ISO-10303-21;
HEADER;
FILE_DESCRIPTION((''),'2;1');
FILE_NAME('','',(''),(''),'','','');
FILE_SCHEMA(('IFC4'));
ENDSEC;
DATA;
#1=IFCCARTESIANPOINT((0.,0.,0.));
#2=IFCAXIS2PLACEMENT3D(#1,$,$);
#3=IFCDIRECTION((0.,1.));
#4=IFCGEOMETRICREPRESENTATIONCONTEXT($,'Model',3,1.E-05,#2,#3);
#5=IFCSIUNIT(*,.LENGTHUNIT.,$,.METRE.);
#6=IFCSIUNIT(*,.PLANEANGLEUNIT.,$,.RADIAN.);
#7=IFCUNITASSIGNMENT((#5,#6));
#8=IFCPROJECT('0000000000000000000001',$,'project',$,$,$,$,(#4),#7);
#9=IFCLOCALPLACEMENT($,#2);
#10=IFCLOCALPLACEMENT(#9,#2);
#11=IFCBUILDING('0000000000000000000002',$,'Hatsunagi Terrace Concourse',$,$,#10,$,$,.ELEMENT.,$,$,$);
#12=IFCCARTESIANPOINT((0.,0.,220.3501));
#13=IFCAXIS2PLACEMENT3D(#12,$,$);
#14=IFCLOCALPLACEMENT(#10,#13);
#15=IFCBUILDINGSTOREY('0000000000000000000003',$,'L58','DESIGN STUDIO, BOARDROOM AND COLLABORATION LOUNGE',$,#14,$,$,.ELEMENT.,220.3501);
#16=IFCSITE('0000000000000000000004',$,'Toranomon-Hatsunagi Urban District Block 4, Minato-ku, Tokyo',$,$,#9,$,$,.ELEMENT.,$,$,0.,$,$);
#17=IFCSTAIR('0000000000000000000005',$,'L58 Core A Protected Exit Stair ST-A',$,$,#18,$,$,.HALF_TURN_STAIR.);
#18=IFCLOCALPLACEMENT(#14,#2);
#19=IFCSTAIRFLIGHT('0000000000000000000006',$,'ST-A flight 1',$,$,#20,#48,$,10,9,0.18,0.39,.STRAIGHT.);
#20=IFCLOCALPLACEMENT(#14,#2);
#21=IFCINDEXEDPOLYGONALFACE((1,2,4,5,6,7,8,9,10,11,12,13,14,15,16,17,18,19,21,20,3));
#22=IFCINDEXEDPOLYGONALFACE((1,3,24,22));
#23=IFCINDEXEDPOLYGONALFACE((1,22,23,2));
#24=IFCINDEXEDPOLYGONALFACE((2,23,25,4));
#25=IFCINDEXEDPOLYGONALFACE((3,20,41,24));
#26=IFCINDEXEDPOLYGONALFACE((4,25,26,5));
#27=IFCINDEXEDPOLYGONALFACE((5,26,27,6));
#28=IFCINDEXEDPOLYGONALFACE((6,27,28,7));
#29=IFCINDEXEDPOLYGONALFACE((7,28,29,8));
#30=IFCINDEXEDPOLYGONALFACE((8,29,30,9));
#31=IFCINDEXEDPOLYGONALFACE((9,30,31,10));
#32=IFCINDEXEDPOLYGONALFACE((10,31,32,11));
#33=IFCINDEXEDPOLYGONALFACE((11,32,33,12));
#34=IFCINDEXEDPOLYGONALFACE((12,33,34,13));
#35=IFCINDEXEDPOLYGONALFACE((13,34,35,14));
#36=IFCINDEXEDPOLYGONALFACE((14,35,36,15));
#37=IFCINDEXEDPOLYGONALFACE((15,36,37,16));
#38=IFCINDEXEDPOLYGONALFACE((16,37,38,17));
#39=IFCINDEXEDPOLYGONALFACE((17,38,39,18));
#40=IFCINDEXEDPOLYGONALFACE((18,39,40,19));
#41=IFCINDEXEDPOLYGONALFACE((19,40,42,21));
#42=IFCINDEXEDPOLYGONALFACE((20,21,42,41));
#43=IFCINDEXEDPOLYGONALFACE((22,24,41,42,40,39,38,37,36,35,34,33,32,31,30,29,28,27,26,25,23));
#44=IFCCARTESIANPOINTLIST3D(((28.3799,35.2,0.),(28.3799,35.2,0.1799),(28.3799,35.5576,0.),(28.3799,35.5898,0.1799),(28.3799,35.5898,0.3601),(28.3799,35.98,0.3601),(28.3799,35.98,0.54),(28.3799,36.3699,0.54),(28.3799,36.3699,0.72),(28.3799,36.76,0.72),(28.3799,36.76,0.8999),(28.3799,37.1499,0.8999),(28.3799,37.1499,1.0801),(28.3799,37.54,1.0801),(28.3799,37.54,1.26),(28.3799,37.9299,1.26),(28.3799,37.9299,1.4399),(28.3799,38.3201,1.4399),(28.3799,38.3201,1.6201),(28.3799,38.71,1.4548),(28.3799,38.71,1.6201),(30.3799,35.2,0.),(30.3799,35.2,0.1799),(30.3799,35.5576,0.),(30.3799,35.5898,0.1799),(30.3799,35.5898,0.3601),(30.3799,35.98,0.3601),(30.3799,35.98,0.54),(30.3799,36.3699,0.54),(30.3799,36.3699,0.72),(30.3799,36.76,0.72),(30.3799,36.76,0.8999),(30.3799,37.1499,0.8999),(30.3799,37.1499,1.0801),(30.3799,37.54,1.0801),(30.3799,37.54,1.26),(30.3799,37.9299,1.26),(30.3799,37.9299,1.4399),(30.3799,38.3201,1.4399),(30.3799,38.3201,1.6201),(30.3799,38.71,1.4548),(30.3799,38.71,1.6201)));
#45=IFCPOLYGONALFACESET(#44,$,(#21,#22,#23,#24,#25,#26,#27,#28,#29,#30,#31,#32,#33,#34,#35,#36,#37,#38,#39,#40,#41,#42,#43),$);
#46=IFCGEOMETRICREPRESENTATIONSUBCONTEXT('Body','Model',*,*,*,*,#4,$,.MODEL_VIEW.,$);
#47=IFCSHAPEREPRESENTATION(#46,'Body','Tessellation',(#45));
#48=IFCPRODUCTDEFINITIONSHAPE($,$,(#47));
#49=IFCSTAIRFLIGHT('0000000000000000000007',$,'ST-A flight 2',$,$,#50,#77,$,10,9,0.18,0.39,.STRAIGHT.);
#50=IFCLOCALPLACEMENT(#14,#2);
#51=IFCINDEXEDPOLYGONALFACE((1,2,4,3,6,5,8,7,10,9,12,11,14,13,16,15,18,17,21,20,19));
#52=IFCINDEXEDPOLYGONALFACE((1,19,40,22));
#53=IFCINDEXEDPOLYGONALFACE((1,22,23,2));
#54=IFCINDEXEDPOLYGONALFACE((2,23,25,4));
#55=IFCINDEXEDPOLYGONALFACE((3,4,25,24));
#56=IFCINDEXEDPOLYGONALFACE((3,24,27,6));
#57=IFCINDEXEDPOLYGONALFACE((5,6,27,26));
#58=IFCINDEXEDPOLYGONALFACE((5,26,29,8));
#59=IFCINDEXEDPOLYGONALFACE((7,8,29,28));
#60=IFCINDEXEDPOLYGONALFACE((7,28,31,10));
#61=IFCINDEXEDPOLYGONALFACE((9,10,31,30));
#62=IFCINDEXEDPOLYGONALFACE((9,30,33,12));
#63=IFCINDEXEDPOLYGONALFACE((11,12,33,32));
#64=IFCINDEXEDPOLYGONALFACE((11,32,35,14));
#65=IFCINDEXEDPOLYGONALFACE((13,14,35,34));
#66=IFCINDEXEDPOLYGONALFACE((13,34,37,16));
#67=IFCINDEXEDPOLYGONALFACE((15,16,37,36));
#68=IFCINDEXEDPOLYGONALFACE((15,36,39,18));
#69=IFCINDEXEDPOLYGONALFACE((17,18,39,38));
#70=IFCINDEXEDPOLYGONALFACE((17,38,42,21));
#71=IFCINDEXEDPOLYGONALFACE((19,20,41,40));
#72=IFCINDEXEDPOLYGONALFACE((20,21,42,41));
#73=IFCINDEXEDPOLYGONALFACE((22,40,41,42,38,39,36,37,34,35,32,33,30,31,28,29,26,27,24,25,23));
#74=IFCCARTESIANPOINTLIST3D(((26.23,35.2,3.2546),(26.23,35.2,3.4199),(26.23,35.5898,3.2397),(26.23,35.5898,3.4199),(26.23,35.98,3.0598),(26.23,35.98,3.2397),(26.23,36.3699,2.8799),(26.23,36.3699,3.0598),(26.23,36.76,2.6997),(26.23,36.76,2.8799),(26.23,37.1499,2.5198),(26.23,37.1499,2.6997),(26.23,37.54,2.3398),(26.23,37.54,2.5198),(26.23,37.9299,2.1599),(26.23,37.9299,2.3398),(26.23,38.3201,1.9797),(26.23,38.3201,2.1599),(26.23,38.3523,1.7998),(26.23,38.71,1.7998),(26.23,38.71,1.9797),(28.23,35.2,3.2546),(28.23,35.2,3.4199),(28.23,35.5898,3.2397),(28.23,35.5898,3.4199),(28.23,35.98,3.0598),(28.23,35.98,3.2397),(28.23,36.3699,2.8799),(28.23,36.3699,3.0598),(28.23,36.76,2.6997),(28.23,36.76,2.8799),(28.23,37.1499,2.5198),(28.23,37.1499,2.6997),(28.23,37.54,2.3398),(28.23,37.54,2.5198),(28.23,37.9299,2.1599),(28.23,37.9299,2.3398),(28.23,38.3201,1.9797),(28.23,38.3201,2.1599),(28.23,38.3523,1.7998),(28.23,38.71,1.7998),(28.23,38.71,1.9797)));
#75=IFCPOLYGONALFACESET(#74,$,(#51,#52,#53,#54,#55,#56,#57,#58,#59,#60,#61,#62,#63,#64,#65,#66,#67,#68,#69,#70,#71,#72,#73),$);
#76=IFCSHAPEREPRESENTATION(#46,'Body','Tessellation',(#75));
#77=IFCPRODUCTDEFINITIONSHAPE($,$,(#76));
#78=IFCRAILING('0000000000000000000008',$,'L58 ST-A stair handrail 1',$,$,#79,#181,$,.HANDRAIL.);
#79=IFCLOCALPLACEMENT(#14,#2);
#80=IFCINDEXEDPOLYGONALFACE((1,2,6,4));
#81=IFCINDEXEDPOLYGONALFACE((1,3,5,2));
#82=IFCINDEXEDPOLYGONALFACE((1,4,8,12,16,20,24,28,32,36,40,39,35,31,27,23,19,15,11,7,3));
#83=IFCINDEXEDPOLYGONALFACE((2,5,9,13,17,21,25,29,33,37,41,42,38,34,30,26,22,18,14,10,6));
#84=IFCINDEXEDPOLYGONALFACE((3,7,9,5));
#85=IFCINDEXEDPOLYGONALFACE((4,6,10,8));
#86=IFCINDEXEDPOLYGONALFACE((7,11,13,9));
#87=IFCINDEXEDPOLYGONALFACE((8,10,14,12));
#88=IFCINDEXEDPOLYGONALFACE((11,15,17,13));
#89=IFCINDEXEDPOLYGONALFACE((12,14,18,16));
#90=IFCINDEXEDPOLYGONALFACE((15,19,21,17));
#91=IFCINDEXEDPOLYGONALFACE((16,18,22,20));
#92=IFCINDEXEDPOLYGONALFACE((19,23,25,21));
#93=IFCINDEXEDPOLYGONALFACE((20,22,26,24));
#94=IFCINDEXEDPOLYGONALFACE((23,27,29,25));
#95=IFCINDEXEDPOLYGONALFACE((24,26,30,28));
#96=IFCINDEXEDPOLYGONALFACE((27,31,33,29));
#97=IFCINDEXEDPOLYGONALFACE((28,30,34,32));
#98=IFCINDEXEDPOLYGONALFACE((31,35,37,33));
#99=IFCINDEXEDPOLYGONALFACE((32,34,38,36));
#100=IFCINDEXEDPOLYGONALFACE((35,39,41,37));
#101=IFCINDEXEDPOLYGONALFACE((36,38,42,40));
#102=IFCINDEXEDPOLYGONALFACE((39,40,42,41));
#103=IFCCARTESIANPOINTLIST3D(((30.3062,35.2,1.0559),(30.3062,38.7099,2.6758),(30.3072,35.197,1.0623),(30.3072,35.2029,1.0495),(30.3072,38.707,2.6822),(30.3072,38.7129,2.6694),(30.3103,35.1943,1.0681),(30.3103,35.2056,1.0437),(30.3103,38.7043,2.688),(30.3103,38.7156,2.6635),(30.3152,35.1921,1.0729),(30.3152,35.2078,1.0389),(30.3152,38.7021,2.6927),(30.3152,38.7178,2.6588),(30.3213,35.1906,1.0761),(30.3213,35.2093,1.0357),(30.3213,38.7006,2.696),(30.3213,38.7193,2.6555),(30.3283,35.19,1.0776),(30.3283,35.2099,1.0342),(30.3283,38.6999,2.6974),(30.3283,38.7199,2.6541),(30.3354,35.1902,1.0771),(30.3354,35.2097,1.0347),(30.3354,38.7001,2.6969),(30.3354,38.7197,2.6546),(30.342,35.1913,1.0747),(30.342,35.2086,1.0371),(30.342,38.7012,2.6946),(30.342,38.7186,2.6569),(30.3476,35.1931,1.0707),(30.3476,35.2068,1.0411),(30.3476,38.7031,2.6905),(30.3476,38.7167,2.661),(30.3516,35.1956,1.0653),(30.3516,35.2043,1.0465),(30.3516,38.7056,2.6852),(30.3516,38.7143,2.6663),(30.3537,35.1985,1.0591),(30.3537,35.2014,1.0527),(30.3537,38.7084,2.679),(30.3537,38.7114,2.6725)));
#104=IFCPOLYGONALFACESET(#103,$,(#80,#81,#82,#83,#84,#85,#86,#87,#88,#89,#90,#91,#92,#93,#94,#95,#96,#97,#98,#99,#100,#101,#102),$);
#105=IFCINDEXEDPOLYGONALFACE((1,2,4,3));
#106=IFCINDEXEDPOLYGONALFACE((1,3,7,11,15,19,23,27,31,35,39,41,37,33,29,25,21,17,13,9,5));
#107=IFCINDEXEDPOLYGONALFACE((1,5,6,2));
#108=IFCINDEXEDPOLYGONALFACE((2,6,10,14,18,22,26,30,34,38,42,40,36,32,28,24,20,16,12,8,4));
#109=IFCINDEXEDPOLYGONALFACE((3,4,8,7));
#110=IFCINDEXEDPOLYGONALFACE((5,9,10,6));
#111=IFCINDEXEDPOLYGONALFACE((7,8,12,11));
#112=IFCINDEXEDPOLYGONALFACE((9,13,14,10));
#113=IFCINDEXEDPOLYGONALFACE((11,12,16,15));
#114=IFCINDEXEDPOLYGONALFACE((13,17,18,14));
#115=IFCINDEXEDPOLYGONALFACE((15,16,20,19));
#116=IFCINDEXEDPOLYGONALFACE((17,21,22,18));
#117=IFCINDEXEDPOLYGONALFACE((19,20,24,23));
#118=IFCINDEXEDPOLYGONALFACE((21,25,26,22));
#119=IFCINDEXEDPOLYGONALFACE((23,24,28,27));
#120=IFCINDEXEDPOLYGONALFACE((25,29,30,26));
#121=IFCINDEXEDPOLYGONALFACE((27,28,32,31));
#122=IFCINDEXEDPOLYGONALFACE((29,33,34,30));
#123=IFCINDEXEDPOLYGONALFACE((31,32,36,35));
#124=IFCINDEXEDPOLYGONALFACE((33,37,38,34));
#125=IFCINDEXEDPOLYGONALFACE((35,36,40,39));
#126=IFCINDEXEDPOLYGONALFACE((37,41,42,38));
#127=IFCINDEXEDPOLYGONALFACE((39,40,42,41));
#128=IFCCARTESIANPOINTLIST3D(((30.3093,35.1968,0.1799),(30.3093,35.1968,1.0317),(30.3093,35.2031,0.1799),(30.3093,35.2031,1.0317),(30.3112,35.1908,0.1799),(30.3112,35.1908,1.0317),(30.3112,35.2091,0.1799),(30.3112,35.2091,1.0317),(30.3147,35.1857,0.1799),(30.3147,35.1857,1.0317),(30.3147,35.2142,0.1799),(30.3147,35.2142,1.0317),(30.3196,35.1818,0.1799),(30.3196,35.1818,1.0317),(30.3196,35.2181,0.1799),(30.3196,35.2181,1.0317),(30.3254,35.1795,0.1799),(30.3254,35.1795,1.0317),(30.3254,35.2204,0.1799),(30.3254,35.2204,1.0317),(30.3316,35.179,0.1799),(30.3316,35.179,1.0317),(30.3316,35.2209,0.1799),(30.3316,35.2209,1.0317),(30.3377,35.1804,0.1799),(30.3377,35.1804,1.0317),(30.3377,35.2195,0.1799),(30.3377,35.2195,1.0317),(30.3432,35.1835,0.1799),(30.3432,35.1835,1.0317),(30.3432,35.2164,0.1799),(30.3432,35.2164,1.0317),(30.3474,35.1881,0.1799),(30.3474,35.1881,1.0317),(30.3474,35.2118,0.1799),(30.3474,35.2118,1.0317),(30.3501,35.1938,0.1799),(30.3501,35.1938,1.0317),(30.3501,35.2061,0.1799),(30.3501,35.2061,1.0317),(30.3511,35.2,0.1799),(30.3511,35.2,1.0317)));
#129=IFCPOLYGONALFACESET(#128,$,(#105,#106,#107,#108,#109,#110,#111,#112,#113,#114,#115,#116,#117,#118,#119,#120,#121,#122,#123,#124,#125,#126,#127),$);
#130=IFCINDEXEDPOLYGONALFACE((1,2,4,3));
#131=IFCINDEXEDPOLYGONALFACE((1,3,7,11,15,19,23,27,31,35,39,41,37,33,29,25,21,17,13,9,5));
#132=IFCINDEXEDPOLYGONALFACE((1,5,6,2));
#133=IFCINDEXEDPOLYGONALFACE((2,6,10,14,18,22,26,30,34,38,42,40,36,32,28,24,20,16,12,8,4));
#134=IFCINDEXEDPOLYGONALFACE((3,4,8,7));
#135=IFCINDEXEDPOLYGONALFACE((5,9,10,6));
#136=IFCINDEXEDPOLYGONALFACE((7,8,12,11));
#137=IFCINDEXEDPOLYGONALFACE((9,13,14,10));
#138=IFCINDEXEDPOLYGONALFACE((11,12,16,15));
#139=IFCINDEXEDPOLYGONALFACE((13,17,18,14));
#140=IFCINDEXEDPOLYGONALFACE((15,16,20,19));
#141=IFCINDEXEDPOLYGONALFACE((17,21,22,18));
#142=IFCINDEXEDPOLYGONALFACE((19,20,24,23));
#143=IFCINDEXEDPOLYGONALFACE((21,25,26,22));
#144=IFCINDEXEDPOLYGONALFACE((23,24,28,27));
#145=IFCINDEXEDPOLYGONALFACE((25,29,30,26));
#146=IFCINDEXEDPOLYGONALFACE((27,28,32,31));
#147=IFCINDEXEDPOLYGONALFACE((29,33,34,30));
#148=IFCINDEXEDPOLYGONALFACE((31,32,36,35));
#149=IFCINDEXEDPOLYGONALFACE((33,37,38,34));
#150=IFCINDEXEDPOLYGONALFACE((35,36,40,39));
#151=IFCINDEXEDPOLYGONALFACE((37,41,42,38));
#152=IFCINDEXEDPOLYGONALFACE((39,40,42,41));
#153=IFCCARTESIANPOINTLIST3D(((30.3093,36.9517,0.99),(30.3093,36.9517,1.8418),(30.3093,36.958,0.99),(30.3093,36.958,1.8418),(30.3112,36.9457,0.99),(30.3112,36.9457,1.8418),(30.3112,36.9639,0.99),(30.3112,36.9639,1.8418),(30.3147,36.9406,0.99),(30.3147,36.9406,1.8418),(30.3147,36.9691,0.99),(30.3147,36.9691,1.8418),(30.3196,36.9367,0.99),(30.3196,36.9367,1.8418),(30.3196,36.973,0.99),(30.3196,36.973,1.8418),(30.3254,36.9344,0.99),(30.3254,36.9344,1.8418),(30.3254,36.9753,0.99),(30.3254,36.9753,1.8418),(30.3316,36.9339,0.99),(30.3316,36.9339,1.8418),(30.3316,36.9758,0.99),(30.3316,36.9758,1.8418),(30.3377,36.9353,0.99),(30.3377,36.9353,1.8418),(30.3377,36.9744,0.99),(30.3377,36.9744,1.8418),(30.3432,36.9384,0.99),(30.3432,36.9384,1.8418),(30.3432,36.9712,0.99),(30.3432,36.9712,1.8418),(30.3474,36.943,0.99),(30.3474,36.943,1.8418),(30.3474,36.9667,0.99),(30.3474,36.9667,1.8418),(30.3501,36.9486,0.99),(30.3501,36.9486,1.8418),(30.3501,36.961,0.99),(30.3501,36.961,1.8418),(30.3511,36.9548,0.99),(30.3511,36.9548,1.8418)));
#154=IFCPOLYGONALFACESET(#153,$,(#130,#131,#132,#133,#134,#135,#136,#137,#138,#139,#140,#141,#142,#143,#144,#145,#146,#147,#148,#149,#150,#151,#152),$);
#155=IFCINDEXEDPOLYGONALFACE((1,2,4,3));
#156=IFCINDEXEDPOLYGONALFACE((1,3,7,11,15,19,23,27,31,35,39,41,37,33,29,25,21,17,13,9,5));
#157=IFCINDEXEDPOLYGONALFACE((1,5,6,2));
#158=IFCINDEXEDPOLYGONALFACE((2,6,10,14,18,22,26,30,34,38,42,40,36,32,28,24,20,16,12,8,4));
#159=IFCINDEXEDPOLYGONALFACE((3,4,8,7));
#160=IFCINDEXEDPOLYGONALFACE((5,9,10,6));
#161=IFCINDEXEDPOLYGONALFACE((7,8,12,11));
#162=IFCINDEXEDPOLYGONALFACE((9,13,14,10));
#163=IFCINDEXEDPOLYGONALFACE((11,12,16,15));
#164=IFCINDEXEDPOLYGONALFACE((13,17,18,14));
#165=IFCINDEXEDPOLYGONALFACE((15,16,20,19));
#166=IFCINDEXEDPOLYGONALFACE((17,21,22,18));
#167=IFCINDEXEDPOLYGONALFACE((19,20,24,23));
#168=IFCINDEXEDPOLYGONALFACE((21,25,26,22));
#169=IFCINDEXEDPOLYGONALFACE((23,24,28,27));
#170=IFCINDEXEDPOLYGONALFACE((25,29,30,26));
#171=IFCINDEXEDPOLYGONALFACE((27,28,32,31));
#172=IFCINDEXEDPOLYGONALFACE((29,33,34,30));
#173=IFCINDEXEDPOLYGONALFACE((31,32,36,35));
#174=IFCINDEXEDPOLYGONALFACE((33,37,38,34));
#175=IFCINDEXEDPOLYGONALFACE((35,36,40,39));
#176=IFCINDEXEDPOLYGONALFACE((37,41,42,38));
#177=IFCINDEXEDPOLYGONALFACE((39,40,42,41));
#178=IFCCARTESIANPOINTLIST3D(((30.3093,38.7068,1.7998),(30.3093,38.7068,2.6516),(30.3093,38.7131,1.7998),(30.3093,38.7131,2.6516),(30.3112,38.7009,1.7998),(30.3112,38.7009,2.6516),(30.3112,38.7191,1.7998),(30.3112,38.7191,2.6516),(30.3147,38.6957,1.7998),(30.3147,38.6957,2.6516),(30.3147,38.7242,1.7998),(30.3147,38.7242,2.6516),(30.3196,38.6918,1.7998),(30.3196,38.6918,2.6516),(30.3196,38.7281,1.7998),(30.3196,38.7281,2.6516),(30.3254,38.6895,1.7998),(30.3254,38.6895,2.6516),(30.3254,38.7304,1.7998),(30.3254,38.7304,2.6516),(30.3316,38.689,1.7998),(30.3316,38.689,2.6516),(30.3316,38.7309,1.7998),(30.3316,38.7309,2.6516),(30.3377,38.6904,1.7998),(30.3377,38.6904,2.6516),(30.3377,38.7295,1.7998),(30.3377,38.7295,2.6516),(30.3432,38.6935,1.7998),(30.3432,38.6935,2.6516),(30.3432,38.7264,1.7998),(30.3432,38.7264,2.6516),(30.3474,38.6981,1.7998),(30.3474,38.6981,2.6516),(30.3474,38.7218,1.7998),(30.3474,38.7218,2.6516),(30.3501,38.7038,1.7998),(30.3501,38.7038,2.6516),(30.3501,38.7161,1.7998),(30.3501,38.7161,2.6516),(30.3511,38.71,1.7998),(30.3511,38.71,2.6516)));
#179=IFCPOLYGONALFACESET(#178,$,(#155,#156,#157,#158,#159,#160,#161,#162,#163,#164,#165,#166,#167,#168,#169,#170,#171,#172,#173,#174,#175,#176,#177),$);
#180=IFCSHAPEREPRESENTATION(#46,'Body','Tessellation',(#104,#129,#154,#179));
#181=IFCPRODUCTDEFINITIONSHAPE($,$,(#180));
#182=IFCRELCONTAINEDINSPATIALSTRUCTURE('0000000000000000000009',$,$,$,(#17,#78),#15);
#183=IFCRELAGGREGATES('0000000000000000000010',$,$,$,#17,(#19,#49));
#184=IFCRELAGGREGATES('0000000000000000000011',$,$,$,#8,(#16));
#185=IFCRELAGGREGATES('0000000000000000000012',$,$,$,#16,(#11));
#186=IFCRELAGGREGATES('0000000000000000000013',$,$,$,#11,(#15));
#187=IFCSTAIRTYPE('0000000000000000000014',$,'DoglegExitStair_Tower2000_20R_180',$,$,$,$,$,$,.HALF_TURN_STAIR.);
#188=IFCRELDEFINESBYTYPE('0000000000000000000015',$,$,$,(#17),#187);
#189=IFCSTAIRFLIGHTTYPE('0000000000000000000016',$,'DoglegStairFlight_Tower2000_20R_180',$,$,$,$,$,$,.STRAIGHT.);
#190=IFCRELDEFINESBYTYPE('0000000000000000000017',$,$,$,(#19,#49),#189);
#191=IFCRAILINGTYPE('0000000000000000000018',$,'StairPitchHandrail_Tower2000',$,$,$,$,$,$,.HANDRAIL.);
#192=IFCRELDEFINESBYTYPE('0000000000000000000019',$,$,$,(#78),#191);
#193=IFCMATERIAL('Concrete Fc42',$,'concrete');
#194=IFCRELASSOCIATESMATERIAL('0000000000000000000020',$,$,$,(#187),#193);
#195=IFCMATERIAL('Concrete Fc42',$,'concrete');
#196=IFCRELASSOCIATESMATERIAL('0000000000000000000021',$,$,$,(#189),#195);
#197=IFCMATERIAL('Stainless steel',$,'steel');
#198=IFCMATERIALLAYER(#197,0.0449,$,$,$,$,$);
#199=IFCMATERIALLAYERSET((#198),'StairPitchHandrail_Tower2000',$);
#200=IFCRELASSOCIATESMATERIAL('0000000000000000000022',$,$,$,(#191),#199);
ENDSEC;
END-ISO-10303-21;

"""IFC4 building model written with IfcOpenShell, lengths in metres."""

from ifc_helpers import new_model, si_unit, direction, frame, origin, origin_2d, place, context, subcontext, project, spatial, polyline, circle, outline, extrude, material, layer, layer_set, type_object, element, aggregate, save


model = new_model("IFC4")

# Units and contexts
model_context = context("Model", 3, precision=1e-05, world=origin(), true_north=direction((0.0, 1.0)))
body_context = subcontext(model_context, "Body", "Model", "MODEL_VIEW")
ifc_project = project(units=[si_unit("LENGTHUNIT", "METRE"), si_unit("PLANEANGLEUNIT", "RADIAN")], contexts=[model_context])

# Site, building, storey
site_placement = place(None, origin())
site = spatial("IfcSite", under=ifc_project, at=site_placement, Name="Toranomon-Hatsunagi Urban District Block 4, Minato-ku, Tokyo", CompositionType="ELEMENT", RefElevation=0.0)
building_placement = place(site_placement, origin())
building = spatial("IfcBuilding", under=site, at=building_placement, Name="Hatsunagi Terrace Concourse", CompositionType="ELEMENT")
storey_placement = place(building_placement, frame((0.0, 0.0, 220.3501)))
storey = spatial("IfcBuildingStorey", under=building, at=storey_placement, Name="L58", Description="DESIGN STUDIO, BOARDROOM AND COLLABORATION LOUNGE", CompositionType="ELEMENT", Elevation=220.3501)

# Stair, stair flights
ifc_material_1 = material(Name="Concrete Fc42", Category="concrete")
stair_type = type_object("IfcStairType", Name="DoglegExitStair_Tower2000_20R_180", PredefinedType="HALF_TURN_STAIR", material=ifc_material_1)
stair_placement = place(storey_placement, origin())
stair = element("IfcStair", 1, at=stair_placement, inside=storey, type_object=stair_type, Name="L58 Core A Protected Exit Stair ST-A", PredefinedType="HALF_TURN_STAIR")
ifc_material_2 = material(Name="Concrete Fc42", Category="concrete")
stair_flight_type = type_object("IfcStairFlightType", Name="DoglegStairFlight_Tower2000_20R_180", PredefinedType="STRAIGHT", material=ifc_material_2)
stair_flight_1_placement = place(storey_placement, frame((29.3799, 35.2, 0.0), z_axis=(0.0, 0.0, 1.0), x_axis=(0.0, 1.0, 0.0)))
stair_flight_1 = element("IfcStairFlight", 2, at=stair_flight_1_placement, type_object=stair_flight_type, Name="ST-A flight 1", NumberOfRisers=10, NumberOfTreads=9, PredefinedType="STRAIGHT", RiserHeight=0.18, TreadLength=0.39, context=body_context, shape_type="SweptSolid", body=[
    extrude(outline(polyline([(0.0, 0.0), (0.0, 0.1799), (0.3899, 0.1799), (0.3899, 0.3601), (0.78, 0.3601), (0.78, 0.54), (1.1699, 0.54), (1.1699, 0.72), (1.5601, 0.72), (1.5601, 0.8999), (1.95, 0.8999), (1.95, 1.0801), (2.3401, 1.0801), (2.3401, 1.26), (2.73, 1.26), (2.73, 1.4399), (3.1201, 1.4399), (3.1201, 1.6201), (3.51, 1.6201), (3.51, 1.8), (3.51, 1.4548), (0.3577, 0.0), (0.0, 0.0)])), frame((0.0, 1.0, 0.0), z_axis=(0.0, -1.0, 0.0), x_axis=(1.0, 0.0, 0.0)), (0.0, 0.0, 1.0), 2.0),
])
stair_flight_2_placement = place(storey_placement, frame((27.23, 38.71, 1.7998), z_axis=(0.0, 0.0, 1.0), x_axis=(0.0, -1.0, 0.0)))
stair_flight_2 = element("IfcStairFlight", 3, at=stair_flight_2_placement, type_object=stair_flight_type, Name="ST-A flight 2", NumberOfRisers=10, NumberOfTreads=9, PredefinedType="STRAIGHT", RiserHeight=0.18, TreadLength=0.39, context=body_context, shape_type="SweptSolid", body=[
    extrude(outline(polyline([(0.0, 0.0), (0.0, 0.1799), (0.3899, 0.1799), (0.3899, 0.3601), (0.78, 0.3601), (0.78, 0.54), (1.1699, 0.54), (1.1699, 0.72), (1.5601, 0.72), (1.5601, 0.8999), (1.95, 0.8999), (1.95, 1.0801), (2.3401, 1.0801), (2.3401, 1.26), (2.73, 1.26), (2.73, 1.4399), (3.1201, 1.4399), (3.1201, 1.6201), (3.51, 1.6201), (3.51, 1.8), (3.51, 1.4548), (0.3577, 0.0), (0.0, 0.0)])), frame((0.0, 1.0, 0.0), z_axis=(0.0, -1.0, 0.0), x_axis=(1.0, 0.0, 0.0)), (0.0, 0.0, 1.0), 2.0),
])
aggregate(stair, [stair_flight_1, stair_flight_2])

# Railing
ifc_material_3 = material(Name="Stainless steel", Category="steel")
ifc_layer_1 = layer(ifc_material_3, 0.0449)
ifc_layer_set_1 = layer_set([ifc_layer_1], Name="StairPitchHandrail_Tower2000")
railing_type_1 = type_object("IfcRailingType", Name="StairPitchHandrail_Tower2000", PredefinedType="HANDRAIL", material=ifc_layer_set_1)
railing_1_placement = place(storey_placement, frame((30.3301, 35.2, 0.1799)))
element("IfcRailing", 4, at=railing_1_placement, inside=storey, type_object=railing_type_1, Name="L58 ST-A stair handrail 1", PredefinedType="HANDRAIL", context=body_context, shape_type="SweptSolid", body=[
    extrude(circle(Radius=0.0239, at=origin_2d()), frame((0.0, 0.0, 0.876), z_axis=(0.0, 0.907972, 0.41903), x_axis=(-1.0, 0.0, 0.0)), (0.0, 0.0, 1.0), 3.8657),
    extrude(circle(Radius=0.021, at=origin_2d()), origin(), (0.0, 0.0, 1.0), 0.8518),
    extrude(circle(Radius=0.021, at=origin_2d()), frame((0.0, 1.7549, 0.8101)), (0.0, 0.0, 1.0), 0.8518),
    extrude(circle(Radius=0.021, at=origin_2d()), frame((0.0, 3.51, 1.6199)), (0.0, 0.0, 1.0), 0.8518),
])

save(model, "model.ifc")
